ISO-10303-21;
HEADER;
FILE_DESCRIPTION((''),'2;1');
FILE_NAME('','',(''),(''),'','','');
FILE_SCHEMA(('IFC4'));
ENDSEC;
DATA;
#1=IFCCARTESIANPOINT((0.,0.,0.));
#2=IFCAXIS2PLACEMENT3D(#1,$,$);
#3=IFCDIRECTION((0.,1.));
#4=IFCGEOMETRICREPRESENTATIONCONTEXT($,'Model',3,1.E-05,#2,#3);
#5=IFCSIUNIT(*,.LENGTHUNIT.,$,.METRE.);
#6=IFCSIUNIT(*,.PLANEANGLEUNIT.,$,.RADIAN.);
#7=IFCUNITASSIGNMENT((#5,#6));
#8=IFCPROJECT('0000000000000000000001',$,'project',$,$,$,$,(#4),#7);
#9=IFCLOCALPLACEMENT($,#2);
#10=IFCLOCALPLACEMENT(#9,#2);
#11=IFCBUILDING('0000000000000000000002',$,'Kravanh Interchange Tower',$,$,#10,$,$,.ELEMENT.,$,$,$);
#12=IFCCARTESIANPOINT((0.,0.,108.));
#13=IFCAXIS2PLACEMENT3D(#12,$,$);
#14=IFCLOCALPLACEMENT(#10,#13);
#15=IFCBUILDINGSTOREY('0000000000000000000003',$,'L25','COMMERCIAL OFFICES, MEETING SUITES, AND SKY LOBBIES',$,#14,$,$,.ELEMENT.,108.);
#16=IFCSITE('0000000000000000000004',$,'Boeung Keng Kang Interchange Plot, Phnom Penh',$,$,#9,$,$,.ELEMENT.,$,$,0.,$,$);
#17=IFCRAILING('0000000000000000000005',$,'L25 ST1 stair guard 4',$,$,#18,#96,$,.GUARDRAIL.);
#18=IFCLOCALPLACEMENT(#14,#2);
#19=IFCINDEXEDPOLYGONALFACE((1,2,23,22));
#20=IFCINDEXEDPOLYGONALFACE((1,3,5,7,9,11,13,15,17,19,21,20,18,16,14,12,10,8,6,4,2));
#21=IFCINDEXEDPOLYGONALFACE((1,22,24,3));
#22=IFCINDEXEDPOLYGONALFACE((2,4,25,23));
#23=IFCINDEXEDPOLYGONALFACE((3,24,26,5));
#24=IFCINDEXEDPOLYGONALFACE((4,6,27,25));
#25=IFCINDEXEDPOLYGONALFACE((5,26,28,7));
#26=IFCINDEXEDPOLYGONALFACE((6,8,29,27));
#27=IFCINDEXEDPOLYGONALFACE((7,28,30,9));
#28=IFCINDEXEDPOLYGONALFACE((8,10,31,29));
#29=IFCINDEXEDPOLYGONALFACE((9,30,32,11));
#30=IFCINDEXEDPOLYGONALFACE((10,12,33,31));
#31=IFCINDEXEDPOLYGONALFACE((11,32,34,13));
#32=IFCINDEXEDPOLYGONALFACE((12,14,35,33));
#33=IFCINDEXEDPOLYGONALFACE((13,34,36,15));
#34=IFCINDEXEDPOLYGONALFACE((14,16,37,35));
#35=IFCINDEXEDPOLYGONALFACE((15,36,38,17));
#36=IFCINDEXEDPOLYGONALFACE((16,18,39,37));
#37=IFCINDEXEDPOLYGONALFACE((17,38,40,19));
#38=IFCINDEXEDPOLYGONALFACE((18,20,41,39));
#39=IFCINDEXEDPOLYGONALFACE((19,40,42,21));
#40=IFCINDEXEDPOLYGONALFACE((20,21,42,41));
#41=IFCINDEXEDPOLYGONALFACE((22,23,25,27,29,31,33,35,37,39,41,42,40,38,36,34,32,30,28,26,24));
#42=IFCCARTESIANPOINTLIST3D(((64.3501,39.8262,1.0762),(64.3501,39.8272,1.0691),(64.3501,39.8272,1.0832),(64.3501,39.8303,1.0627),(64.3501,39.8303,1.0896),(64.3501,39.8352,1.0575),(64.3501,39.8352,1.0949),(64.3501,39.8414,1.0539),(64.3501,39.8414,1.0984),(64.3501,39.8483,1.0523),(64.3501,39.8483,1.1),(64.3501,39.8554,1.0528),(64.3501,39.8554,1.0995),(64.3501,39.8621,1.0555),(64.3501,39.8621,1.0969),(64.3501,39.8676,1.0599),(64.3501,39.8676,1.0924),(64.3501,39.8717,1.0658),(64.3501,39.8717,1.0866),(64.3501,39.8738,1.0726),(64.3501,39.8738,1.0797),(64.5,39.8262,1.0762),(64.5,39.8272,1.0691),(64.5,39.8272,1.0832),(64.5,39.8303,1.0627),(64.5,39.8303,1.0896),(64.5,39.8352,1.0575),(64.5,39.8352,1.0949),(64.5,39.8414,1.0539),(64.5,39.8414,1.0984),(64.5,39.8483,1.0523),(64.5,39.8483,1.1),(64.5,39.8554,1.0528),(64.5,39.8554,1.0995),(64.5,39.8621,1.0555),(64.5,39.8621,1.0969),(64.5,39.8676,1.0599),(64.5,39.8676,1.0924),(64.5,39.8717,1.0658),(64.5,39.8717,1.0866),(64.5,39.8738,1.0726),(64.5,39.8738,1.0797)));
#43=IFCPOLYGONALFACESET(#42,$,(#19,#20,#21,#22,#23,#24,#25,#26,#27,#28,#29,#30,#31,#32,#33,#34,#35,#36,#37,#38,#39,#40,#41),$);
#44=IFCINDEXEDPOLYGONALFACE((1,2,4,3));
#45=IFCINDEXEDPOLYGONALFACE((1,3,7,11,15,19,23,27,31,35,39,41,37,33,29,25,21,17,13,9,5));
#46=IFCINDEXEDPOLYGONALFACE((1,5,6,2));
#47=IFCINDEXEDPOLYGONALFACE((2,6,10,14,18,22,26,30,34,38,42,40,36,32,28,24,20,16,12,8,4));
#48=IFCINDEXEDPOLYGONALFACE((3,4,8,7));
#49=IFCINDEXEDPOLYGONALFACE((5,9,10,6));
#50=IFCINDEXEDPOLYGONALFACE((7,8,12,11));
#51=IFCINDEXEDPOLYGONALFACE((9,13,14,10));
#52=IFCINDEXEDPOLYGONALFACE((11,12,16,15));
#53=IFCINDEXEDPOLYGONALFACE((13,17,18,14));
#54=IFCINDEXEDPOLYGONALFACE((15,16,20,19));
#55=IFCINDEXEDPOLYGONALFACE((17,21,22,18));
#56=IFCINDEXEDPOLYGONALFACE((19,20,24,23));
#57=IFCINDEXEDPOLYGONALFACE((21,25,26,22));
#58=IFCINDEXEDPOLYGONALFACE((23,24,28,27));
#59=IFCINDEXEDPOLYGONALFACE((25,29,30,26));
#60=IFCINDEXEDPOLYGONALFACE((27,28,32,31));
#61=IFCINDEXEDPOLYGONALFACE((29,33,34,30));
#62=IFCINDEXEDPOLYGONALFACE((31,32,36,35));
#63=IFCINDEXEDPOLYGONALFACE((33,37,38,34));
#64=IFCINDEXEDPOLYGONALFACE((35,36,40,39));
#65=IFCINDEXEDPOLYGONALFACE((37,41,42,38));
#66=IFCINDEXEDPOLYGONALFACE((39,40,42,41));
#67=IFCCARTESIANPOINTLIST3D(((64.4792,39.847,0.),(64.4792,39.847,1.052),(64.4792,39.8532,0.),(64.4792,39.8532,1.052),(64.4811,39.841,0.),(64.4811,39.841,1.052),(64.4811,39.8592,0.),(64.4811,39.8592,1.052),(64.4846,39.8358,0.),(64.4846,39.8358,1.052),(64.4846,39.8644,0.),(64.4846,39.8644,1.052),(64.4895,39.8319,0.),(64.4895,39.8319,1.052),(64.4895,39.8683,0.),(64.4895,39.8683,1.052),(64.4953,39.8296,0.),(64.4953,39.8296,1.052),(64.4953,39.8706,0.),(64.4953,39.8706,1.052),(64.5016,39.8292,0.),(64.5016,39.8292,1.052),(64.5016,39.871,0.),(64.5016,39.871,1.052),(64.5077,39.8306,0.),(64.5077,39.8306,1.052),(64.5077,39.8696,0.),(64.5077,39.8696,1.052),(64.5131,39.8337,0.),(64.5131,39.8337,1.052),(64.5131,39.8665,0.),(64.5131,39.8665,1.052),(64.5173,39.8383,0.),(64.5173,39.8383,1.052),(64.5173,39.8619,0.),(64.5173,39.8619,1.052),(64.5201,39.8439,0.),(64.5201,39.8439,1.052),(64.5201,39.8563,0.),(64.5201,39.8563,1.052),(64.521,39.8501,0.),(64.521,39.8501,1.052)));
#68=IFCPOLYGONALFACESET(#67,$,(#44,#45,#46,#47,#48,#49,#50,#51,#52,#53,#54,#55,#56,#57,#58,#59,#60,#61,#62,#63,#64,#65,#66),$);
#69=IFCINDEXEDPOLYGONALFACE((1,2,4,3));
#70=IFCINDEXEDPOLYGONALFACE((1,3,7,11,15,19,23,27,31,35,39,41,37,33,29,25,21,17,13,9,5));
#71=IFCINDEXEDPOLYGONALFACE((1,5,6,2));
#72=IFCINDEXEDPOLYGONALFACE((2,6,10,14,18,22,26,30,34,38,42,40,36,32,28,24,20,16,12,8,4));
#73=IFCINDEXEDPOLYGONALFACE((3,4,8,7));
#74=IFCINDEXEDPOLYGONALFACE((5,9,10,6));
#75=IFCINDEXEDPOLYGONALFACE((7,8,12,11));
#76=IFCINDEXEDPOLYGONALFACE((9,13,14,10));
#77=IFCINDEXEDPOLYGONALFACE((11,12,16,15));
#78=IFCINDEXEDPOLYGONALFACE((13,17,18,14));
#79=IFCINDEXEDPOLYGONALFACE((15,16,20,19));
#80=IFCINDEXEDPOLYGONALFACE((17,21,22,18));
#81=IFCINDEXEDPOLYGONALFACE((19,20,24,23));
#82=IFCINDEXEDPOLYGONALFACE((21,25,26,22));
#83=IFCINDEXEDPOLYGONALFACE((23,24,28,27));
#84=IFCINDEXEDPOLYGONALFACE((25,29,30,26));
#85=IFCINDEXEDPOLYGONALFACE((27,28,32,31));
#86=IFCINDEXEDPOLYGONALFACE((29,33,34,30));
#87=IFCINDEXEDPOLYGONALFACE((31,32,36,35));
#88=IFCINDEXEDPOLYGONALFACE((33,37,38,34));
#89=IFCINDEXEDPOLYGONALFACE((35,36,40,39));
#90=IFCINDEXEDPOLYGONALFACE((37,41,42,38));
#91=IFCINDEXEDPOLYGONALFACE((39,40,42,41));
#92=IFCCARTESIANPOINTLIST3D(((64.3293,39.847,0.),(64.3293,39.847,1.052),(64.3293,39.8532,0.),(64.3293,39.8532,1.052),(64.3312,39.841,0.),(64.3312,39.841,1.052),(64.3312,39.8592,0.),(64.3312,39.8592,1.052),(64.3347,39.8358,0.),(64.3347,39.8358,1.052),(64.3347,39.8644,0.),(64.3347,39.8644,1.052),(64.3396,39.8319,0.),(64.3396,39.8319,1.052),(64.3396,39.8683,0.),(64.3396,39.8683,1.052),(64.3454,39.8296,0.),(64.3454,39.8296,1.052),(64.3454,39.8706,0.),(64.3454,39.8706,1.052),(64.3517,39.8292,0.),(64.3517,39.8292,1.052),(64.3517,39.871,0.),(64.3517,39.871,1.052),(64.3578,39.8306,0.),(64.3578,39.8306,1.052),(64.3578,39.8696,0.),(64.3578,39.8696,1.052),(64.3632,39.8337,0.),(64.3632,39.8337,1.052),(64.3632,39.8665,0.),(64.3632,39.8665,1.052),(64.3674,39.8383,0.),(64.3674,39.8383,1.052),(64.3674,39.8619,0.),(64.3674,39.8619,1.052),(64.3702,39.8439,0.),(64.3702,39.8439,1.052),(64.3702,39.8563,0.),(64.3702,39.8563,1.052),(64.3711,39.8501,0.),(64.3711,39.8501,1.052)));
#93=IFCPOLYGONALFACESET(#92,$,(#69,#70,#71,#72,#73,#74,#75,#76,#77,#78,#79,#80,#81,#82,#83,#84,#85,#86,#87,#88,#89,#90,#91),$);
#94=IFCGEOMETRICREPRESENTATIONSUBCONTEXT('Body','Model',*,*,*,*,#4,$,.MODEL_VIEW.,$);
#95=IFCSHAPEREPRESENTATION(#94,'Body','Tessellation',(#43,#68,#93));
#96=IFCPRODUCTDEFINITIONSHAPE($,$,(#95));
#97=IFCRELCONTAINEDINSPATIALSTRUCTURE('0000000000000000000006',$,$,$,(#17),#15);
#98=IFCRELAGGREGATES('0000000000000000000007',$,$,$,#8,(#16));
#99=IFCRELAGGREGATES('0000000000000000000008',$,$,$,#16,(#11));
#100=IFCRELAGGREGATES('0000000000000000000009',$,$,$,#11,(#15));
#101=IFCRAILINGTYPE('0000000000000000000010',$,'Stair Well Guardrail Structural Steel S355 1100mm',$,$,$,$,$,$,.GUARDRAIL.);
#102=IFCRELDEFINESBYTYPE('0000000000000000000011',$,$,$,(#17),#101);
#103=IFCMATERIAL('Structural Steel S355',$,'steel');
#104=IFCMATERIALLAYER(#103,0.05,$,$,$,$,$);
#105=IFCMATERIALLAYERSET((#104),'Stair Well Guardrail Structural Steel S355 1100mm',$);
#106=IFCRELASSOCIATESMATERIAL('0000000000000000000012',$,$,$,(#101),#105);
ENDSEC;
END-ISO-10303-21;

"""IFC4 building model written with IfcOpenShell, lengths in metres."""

from ifc_helpers import new_model, si_unit, direction, frame, origin, origin_2d, place, context, subcontext, project, spatial, circle, extrude, material, layer, layer_set, type_object, element, save


model = new_model("IFC4")

# Units and contexts
model_context = context("Model", 3, precision=1e-05, world=origin(), true_north=direction((0.0, 1.0)))
body_context = subcontext(model_context, "Body", "Model", "MODEL_VIEW")
ifc_project = project(units=[si_unit("LENGTHUNIT", "METRE"), si_unit("PLANEANGLEUNIT", "RADIAN")], contexts=[model_context])

# Site, building, storey
site_placement = place(None, origin())
site = spatial("IfcSite", under=ifc_project, at=site_placement, Name="Boeung Keng Kang Interchange Plot, Phnom Penh", CompositionType="ELEMENT", RefElevation=0.0)
building_placement = place(site_placement, origin())
building = spatial("IfcBuilding", under=site, at=building_placement, Name="Kravanh Interchange Tower", CompositionType="ELEMENT")
storey_placement = place(building_placement, frame((0.0, 0.0, 108.0)))
storey = spatial("IfcBuildingStorey", under=building, at=storey_placement, Name="L25", Description="COMMERCIAL OFFICES, MEETING SUITES, AND SKY LOBBIES", CompositionType="ELEMENT", Elevation=108.0)

# Railing
ifc_material_1 = material(Name="Structural Steel S355", Category="steel")
ifc_layer_1 = layer(ifc_material_1, 0.05)
ifc_layer_set_1 = layer_set([ifc_layer_1], Name="Stair Well Guardrail Structural Steel S355 1100mm")
railing_type_1 = type_object("IfcRailingType", Name="Stair Well Guardrail Structural Steel S355 1100mm", PredefinedType="GUARDRAIL", material=ifc_layer_set_1)
railing_1_placement = place(storey_placement, frame((64.5, 39.8501, 0.0)))
element("IfcRailing", 1, at=railing_1_placement, inside=storey, type_object=railing_type_1, Name="L25 ST1 stair guard 4", PredefinedType="GUARDRAIL", context=body_context, shape_type="SweptSolid", body=[
    extrude(circle(Radius=0.0239, at=origin_2d()), frame((0.0, 0.0, 1.0762), z_axis=(-1.0, 0.0, 0.0), x_axis=(0.0, -1.0, 0.0)), (0.0, 0.0, 1.0), 0.1499),
    extrude(circle(Radius=0.021, at=origin_2d()), origin(), (0.0, 0.0, 1.0), 1.052),
    extrude(circle(Radius=0.021, at=origin_2d()), frame((-0.1499, 0.0, 0.0)), (0.0, 0.0, 1.0), 1.052),
])

save(model, "model.ifc")
